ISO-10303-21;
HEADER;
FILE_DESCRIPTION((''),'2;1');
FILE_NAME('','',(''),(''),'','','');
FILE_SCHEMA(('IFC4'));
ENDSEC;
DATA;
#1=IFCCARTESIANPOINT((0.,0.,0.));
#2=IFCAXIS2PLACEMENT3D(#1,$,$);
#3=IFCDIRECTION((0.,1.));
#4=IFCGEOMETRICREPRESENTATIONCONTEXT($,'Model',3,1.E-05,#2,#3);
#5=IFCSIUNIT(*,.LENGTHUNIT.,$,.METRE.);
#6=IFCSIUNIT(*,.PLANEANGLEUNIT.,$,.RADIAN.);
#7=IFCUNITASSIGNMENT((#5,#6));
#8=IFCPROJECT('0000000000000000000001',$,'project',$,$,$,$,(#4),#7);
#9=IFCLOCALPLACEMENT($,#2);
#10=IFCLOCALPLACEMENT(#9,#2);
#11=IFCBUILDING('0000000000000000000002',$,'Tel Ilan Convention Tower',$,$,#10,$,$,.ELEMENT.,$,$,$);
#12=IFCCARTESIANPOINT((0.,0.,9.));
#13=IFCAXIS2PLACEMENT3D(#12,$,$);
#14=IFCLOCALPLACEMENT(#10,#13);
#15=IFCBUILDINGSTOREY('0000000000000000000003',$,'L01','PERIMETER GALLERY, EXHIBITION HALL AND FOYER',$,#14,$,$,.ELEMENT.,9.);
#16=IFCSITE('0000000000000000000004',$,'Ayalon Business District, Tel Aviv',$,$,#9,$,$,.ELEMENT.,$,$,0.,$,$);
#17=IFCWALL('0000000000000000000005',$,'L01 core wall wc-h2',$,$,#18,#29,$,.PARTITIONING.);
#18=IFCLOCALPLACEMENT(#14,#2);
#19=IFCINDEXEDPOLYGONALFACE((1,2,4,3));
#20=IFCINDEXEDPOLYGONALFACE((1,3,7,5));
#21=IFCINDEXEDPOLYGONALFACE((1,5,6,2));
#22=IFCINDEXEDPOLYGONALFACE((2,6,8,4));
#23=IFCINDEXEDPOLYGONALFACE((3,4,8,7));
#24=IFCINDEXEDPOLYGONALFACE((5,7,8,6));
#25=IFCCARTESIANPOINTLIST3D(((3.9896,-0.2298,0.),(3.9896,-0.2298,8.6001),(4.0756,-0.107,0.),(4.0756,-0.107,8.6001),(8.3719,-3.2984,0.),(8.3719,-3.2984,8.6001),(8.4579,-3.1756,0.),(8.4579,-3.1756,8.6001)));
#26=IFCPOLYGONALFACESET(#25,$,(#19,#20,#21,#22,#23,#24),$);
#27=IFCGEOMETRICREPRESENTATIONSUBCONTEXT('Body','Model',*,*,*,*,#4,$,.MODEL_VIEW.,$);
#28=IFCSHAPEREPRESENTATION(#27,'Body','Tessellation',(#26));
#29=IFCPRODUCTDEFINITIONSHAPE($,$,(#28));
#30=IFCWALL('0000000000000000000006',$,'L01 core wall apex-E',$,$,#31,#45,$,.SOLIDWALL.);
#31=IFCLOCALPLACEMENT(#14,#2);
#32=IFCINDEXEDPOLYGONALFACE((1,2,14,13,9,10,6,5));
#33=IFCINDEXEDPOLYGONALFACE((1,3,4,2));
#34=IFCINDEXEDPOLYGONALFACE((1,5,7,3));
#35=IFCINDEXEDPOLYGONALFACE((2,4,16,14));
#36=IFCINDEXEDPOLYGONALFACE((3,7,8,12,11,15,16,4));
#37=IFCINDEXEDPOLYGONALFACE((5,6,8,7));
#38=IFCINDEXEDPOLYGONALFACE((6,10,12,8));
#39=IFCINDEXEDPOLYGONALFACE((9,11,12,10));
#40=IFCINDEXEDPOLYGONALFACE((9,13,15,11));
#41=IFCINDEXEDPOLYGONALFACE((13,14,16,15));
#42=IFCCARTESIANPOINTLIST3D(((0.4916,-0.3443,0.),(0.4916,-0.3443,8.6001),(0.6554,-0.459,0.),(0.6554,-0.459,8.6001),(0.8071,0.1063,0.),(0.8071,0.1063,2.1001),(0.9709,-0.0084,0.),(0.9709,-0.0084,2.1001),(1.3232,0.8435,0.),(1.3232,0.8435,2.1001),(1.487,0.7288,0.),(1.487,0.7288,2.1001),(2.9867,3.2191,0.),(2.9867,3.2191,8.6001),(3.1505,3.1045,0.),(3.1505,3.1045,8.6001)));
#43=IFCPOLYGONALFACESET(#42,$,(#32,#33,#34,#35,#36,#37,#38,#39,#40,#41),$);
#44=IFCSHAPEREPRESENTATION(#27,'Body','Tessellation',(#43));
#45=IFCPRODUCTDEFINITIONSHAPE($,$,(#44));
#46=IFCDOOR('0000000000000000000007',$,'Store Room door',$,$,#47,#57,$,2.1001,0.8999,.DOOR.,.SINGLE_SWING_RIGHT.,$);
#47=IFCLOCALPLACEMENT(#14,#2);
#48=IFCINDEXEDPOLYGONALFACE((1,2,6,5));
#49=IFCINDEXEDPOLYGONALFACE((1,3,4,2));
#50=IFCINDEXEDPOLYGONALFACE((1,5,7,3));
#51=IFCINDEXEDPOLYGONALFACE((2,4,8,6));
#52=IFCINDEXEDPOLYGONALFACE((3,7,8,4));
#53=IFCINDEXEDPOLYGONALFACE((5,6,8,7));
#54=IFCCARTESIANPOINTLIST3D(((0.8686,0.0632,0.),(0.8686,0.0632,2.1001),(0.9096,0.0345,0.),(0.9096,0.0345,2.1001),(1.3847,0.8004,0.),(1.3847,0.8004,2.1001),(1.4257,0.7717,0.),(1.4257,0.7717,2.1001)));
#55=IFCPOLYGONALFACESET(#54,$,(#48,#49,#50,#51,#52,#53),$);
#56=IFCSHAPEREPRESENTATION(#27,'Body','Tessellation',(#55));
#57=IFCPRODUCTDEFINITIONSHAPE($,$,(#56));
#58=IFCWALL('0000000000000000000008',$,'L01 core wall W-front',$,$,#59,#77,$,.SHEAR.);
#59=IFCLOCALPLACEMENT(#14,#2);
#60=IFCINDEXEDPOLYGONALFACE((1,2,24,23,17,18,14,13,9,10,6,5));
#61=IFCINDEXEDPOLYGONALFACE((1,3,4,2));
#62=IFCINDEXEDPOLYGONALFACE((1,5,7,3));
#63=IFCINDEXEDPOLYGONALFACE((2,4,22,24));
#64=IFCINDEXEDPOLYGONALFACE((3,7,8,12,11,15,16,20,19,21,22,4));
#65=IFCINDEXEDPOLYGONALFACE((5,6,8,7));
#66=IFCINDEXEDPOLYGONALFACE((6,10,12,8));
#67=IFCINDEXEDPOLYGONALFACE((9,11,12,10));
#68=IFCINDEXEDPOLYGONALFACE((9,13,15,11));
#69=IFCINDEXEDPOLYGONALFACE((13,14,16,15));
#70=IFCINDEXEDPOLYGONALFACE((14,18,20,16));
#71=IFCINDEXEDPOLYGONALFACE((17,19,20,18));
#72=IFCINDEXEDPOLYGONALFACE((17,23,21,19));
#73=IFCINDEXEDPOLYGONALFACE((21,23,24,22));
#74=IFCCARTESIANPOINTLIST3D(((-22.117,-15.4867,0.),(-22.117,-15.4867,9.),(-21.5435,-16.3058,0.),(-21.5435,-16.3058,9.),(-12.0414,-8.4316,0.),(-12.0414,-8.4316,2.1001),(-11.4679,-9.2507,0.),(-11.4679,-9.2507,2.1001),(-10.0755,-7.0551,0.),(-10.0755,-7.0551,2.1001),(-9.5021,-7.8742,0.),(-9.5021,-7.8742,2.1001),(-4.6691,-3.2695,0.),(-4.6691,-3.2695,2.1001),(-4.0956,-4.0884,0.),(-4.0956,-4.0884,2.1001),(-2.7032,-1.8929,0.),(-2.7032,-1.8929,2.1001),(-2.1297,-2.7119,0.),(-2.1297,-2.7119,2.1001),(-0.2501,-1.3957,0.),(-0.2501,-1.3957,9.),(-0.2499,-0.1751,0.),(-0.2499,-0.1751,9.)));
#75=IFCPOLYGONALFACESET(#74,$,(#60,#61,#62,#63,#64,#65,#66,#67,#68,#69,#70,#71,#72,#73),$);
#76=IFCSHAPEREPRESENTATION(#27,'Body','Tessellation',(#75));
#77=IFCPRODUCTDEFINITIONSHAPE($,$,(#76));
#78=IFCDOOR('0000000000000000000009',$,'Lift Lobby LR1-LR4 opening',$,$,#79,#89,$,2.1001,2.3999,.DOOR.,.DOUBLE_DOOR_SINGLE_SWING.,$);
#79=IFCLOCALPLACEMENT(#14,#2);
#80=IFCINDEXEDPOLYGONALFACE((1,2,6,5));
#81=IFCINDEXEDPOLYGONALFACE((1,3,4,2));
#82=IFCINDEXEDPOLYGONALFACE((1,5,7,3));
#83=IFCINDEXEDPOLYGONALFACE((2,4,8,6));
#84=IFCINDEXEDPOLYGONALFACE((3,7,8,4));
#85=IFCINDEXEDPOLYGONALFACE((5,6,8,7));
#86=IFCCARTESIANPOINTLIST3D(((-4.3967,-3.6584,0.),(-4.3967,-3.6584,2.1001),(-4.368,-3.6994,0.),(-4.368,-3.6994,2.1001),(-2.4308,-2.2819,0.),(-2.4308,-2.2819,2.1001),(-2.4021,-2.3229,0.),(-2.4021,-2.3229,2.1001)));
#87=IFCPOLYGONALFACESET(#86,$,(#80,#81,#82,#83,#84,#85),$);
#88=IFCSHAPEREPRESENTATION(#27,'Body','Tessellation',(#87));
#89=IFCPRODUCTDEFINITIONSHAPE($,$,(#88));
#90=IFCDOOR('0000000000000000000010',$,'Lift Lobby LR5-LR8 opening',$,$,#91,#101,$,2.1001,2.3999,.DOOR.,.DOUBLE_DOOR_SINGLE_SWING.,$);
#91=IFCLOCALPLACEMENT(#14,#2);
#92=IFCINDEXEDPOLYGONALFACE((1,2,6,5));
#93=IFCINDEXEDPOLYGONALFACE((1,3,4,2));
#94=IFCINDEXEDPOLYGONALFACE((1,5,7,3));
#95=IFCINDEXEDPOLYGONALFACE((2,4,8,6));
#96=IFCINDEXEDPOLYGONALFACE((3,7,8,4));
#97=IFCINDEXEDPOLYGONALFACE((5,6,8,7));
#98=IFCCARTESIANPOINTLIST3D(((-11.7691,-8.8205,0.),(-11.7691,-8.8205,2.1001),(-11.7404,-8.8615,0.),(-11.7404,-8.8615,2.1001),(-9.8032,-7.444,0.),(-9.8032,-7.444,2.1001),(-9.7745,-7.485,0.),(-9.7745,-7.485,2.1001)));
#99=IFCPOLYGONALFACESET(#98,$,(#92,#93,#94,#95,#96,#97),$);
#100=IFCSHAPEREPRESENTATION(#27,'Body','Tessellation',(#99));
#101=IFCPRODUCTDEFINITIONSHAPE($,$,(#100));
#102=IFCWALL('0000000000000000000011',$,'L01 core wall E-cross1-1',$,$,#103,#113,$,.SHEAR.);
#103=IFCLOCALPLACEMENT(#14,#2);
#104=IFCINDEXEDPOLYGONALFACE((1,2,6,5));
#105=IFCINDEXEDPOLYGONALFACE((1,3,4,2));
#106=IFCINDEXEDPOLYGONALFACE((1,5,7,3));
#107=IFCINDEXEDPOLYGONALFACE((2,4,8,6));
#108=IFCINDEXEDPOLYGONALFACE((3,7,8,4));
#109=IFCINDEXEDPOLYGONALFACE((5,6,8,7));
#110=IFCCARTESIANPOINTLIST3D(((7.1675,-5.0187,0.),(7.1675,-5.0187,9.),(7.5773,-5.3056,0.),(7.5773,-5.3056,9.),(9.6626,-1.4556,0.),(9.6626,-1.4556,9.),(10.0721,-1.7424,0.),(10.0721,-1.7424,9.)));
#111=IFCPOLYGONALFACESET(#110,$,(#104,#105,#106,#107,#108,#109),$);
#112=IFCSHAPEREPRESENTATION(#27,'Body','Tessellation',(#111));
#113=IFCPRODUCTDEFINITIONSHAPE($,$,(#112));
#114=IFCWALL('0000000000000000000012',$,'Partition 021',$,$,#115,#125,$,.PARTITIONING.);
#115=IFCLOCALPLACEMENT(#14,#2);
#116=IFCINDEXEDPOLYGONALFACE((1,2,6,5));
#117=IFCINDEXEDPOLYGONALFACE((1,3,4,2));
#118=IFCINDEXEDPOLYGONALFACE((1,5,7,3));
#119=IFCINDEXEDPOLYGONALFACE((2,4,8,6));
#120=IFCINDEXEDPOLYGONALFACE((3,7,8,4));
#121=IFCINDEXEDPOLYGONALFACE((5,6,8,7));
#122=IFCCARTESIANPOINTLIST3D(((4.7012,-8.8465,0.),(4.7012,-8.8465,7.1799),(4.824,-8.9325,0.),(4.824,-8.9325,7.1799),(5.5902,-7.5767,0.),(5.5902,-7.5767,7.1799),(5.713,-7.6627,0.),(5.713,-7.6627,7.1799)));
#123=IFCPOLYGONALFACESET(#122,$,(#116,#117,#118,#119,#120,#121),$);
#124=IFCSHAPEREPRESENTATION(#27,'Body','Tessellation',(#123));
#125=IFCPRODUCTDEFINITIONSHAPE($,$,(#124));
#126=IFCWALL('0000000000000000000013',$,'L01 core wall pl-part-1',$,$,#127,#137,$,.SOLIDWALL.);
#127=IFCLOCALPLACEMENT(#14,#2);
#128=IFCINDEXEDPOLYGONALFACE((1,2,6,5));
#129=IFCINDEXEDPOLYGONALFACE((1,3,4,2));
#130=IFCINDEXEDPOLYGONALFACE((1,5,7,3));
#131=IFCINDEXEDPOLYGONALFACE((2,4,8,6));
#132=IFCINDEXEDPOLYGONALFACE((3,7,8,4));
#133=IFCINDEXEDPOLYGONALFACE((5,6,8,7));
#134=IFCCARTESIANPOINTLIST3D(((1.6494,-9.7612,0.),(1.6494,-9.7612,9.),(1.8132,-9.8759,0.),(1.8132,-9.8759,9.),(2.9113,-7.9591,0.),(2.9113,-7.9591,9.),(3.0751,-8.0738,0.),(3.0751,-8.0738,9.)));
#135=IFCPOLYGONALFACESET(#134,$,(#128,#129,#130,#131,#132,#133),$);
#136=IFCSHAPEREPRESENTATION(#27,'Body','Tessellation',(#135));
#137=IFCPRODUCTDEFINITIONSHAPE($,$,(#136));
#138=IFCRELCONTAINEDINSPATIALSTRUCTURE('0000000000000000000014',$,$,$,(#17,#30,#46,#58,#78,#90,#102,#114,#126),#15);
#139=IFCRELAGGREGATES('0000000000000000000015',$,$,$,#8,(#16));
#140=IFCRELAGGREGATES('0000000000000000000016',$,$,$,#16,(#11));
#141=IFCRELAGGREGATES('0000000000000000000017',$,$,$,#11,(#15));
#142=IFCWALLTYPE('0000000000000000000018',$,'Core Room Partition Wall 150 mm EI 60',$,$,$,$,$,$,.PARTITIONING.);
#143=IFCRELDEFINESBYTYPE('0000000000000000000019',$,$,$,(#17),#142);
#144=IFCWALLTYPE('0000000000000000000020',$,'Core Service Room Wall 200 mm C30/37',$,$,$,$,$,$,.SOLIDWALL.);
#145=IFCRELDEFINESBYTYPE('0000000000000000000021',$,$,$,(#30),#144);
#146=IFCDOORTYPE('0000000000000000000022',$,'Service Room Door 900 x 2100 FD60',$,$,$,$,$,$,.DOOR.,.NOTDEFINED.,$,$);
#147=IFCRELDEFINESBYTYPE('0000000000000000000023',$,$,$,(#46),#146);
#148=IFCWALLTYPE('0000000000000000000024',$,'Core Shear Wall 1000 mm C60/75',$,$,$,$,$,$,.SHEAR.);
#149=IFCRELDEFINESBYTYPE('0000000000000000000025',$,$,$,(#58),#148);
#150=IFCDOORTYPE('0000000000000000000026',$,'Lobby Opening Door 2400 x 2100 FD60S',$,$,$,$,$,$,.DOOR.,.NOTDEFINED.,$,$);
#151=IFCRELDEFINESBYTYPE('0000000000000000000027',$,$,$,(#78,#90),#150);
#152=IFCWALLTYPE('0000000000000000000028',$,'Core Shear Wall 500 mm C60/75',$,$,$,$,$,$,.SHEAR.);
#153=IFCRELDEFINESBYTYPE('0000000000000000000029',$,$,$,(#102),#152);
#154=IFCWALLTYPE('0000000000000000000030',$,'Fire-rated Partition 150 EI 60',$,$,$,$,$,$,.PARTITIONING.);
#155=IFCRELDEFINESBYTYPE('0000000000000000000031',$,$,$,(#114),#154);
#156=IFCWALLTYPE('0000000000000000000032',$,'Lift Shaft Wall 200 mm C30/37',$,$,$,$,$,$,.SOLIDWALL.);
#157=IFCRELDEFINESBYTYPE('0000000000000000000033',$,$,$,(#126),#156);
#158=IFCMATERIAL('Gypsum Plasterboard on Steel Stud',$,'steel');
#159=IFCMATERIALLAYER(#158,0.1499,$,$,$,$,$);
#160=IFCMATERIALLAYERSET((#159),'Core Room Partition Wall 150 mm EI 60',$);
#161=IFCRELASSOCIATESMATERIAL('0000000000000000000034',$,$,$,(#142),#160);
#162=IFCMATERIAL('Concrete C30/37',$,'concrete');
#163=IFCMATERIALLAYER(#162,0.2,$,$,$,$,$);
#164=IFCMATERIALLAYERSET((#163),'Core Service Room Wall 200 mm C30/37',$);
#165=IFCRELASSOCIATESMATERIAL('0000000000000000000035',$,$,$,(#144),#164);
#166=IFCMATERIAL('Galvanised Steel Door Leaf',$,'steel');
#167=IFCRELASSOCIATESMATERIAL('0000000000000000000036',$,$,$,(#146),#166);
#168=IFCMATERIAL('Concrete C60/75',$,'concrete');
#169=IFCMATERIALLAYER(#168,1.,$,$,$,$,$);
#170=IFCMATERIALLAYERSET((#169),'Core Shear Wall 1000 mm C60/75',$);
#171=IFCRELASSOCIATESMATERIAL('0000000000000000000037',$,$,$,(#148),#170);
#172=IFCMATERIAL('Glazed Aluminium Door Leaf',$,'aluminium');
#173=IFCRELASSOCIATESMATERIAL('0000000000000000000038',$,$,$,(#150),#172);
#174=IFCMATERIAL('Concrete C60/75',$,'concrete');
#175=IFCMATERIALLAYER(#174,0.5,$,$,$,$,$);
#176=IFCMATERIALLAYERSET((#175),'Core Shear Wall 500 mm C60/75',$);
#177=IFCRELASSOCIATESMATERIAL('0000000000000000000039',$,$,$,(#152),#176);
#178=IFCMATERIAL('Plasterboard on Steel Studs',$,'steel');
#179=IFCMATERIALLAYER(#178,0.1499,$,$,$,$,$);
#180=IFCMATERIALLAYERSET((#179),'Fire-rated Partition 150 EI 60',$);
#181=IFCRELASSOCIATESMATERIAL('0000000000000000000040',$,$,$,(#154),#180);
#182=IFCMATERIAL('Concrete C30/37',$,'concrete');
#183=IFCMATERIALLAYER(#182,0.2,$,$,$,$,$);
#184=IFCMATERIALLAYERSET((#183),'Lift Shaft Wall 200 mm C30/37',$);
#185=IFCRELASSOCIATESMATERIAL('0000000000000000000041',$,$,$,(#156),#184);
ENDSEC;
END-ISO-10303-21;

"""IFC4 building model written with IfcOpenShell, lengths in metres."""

from ifc_helpers import new_model, si_unit, direction, frame, frame_2d, origin, place, context, subcontext, project, spatial, polyline, rectangle, outline, extrude, material, layer, layer_set, type_object, element, fill, save


model = new_model("IFC4")

# Units and contexts
model_context = context("Model", 3, precision=1e-05, world=origin(), true_north=direction((0.0, 1.0)))
body_context = subcontext(model_context, "Body", "Model", "MODEL_VIEW")
ifc_project = project(units=[si_unit("LENGTHUNIT", "METRE"), si_unit("PLANEANGLEUNIT", "RADIAN")], contexts=[model_context])

# Site, building, storey
site_placement = place(None, origin())
site = spatial("IfcSite", under=ifc_project, at=site_placement, Name="Ayalon Business District, Tel Aviv", CompositionType="ELEMENT", RefElevation=0.0)
building_placement = place(site_placement, origin())
building = spatial("IfcBuilding", under=site, at=building_placement, Name="Tel Ilan Convention Tower", CompositionType="ELEMENT")
storey_placement = place(building_placement, frame((0.0, 0.0, 9.0)))
storey = spatial("IfcBuildingStorey", under=building, at=storey_placement, Name="L01", Description="PERIMETER GALLERY, EXHIBITION HALL AND FOYER", CompositionType="ELEMENT", Elevation=9.0)

# Shared definitions
ifc_material_1 = material(Name="Gypsum Plasterboard on Steel Stud", Category="steel")
ifc_layer_1 = layer(ifc_material_1, 0.1499)
ifc_layer_set_1 = layer_set([ifc_layer_1], Name="Core Room Partition Wall 150 mm EI 60")
wall_type_1 = type_object("IfcWallType", Name="Core Room Partition Wall 150 mm EI 60", PredefinedType="PARTITIONING", material=ifc_layer_set_1)

# Wall
wall_1_placement = place(storey_placement, frame((4.0327, -0.1685, 0.0), z_axis=(0.0, 0.0, 1.0), x_axis=(0.819146, -0.573585, 0.0)))
element("IfcWall", 1, at=wall_1_placement, inside=storey, type_object=wall_type_1, Name="L01 core wall wc-h2", PredefinedType="PARTITIONING", context=body_context, shape_type="SweptSolid", body=[
    extrude(rectangle(XDim=5.3499, YDim=0.1499, at=frame_2d((2.6748, 0.0))), origin(), (0.0, 0.0, 1.0), 8.6001),
])

# Wall, opening, door
ifc_material_2 = material(Name="Concrete C30/37", Category="concrete")
ifc_layer_2 = layer(ifc_material_2, 0.2)
ifc_layer_set_2 = layer_set([ifc_layer_2], Name="Core Service Room Wall 200 mm C30/37")
wall_type_2 = type_object("IfcWallType", Name="Core Service Room Wall 200 mm C30/37", PredefinedType="SOLIDWALL", material=ifc_layer_set_2)
wall_2_placement = place(storey_placement, frame((0.5735, -0.4016, 0.0), z_axis=(0.0, 0.0, 1.0), x_axis=(0.573568, 0.819158, 0.0)))
wall_2 = element("IfcWall", 2, at=wall_2_placement, inside=storey, type_object=wall_type_2, Name="L01 core wall apex-E", PredefinedType="SOLIDWALL", context=body_context, shape_type="SweptSolid", body=[
    extrude(rectangle(XDim=4.3501, YDim=0.2, at=frame_2d((2.175, 0.0))), origin(), (0.0, 0.0, 1.0), 8.6001),
])
opening_1_placement = place(wall_2_placement, frame((0.55, 0.0, 0.0)))
opening_1 = element("IfcOpeningElement", 3, at=opening_1_placement, cuts=wall_2, PredefinedType="OPENING", context=body_context, shape_type="SweptSolid", body=[
    extrude(rectangle(XDim=0.8999, YDim=2.1001, at=frame_2d((0.45, 1.05))), frame((0.0, 0.1099, 0.0), z_axis=(0.0, -1.0, 0.0), x_axis=(1.0, 0.0, 0.0)), (0.0, 0.0, 1.0), 0.22),
])
ifc_material_3 = material(Name="Galvanised Steel Door Leaf", Category="steel")
door_type_1 = type_object("IfcDoorType", Name="Service Room Door 900 x 2100 FD60", OperationType="NOTDEFINED", PredefinedType="DOOR", material=ifc_material_3)
door_1_placement = place(opening_1_placement, origin())
door_1 = element("IfcDoor", 4, at=door_1_placement, inside=storey, type_object=door_type_1, Name="Store Room door", OperationType="SINGLE_SWING_RIGHT", OverallHeight=2.1001, OverallWidth=0.8999, PredefinedType="DOOR", context=body_context, shape_type="SweptSolid", body=[
    extrude(rectangle(XDim=0.8999, YDim=2.1001, at=frame_2d((0.45, 1.05))), frame((0.0, 0.0249, 0.0), z_axis=(0.0, -1.0, 0.0), x_axis=(1.0, 0.0, 0.0)), (0.0, 0.0, 1.0), 0.05),
])
fill(opening_1, door_1)

# Wall, openings, doors
ifc_material_4 = material(Name="Concrete C60/75", Category="concrete")
ifc_layer_3 = layer(ifc_material_4, 1.0)
ifc_layer_set_3 = layer_set([ifc_layer_3], Name="Core Shear Wall 1000 mm C60/75")
wall_type_3 = type_object("IfcWallType", Name="Core Shear Wall 1000 mm C60/75", PredefinedType="SHEAR", material=ifc_layer_set_3)
wall_3_placement = place(storey_placement, frame((0.0369, -0.5847, 0.0), z_axis=(0.0, 0.0, 1.0), x_axis=(-0.819157, -0.573569, 0.0)))
wall_3 = element("IfcWall", 5, at=wall_3_placement, inside=storey, type_object=wall_type_3, Name="L01 core wall W-front", PredefinedType="SHEAR", context=body_context, shape_type="SweptSolid", body=[
    extrude(outline(polyline([(26.6948, 0.5002), (0.7002, 0.4998), (0.0, -0.5), (26.6948, -0.4998), (26.6948, 0.5002)])), origin(), (0.0, 0.0, 1.0), 9.0),
])
opening_2_placement = place(wall_3_placement, frame((2.9949, 0.0, 0.0)))
opening_2 = element("IfcOpeningElement", 6, at=opening_2_placement, cuts=wall_3, PredefinedType="OPENING", context=body_context, shape_type="SweptSolid", body=[
    extrude(rectangle(XDim=2.3999, YDim=2.1001, at=frame_2d((1.2, 1.05))), frame((0.0, 0.51, 0.0), z_axis=(0.0, -1.0, 0.0), x_axis=(1.0, 0.0, 0.0)), (0.0, 0.0, 1.0), 1.02),
])
opening_3_placement = place(wall_3_placement, frame((11.9949, 0.0, 0.0)))
opening_3 = element("IfcOpeningElement", 7, at=opening_3_placement, cuts=wall_3, PredefinedType="OPENING", context=body_context, shape_type="SweptSolid", body=[
    extrude(rectangle(XDim=2.3999, YDim=2.1001, at=frame_2d((1.2, 1.05))), frame((0.0, 0.51, 0.0), z_axis=(0.0, -1.0, 0.0), x_axis=(1.0, 0.0, 0.0)), (0.0, 0.0, 1.0), 1.02),
])
ifc_material_5 = material(Name="Glazed Aluminium Door Leaf", Category="aluminium")
door_type_2 = type_object("IfcDoorType", Name="Lobby Opening Door 2400 x 2100 FD60S", OperationType="NOTDEFINED", PredefinedType="DOOR", material=ifc_material_5)
door_2_placement = place(opening_2_placement, origin())
door_2 = element("IfcDoor", 8, at=door_2_placement, inside=storey, type_object=door_type_2, Name="Lift Lobby LR1-LR4 opening", OperationType="DOUBLE_DOOR_SINGLE_SWING", OverallHeight=2.1001, OverallWidth=2.3999, PredefinedType="DOOR", context=body_context, shape_type="SweptSolid", body=[
    extrude(rectangle(XDim=2.3999, YDim=2.1001, at=frame_2d((1.2, 1.05))), frame((0.0, 0.0249, 0.0), z_axis=(0.0, -1.0, 0.0), x_axis=(1.0, 0.0, 0.0)), (0.0, 0.0, 1.0), 0.05),
])
fill(opening_2, door_2)
door_3_placement = place(opening_3_placement, origin())
door_3 = element("IfcDoor", 9, at=door_3_placement, inside=storey, type_object=door_type_2, Name="Lift Lobby LR5-LR8 opening", OperationType="DOUBLE_DOOR_SINGLE_SWING", OverallHeight=2.1001, OverallWidth=2.3999, PredefinedType="DOOR", context=body_context, shape_type="SweptSolid", body=[
    extrude(rectangle(XDim=2.3999, YDim=2.1001, at=frame_2d((1.2, 1.05))), frame((0.0, 0.0249, 0.0), z_axis=(0.0, -1.0, 0.0), x_axis=(1.0, 0.0, 0.0)), (0.0, 0.0, 1.0), 0.05),
])
fill(opening_3, door_3)

# Walls
ifc_material_6 = material(Name="Concrete C60/75", Category="concrete")
ifc_layer_4 = layer(ifc_material_6, 0.5)
ifc_layer_set_4 = layer_set([ifc_layer_4], Name="Core Shear Wall 500 mm C60/75")
wall_type_4 = type_object("IfcWallType", Name="Core Shear Wall 500 mm C60/75", PredefinedType="SHEAR", material=ifc_layer_set_4)
wall_4_placement = place(storey_placement, frame((7.3723, -5.1621, 0.0), z_axis=(0.0, 0.0, 1.0), x_axis=(0.573594, 0.81914, 0.0)))
element("IfcWall", 10, at=wall_4_placement, inside=storey, type_object=wall_type_4, Name="L01 core wall E-cross1-1", PredefinedType="SHEAR", context=body_context, shape_type="SweptSolid", body=[
    extrude(outline(polyline([(0.0, 0.25), (0.0, -0.2502), (4.3499, -0.25), (4.3499, 0.25), (0.0, 0.25)])), origin(), (0.0, 0.0, 1.0), 9.0),
])
ifc_material_7 = material(Name="Plasterboard on Steel Studs", Category="steel")
ifc_layer_5 = layer(ifc_material_7, 0.1499)
ifc_layer_set_5 = layer_set([ifc_layer_5], Name="Fire-rated Partition 150 EI 60")
wall_type_5 = type_object("IfcWallType", Name="Fire-rated Partition 150 EI 60", PredefinedType="PARTITIONING", material=ifc_layer_set_5)
wall_5_placement = place(storey_placement, frame((4.7627, -8.8894, 0.0), z_axis=(0.0, 0.0, 1.0), x_axis=(0.573494, 0.81921, 0.0)))
element("IfcWall", 11, at=wall_5_placement, inside=storey, type_object=wall_type_5, Name="Partition 021", PredefinedType="PARTITIONING", context=body_context, shape_type="SweptSolid", body=[
    extrude(rectangle(XDim=1.55, YDim=0.1499, at=frame_2d((0.7749, 0.0))), origin(), (0.0, 0.0, 1.0), 7.1799),
])
ifc_material_8 = material(Name="Concrete C30/37", Category="concrete")
ifc_layer_6 = layer(ifc_material_8, 0.2)
ifc_layer_set_6 = layer_set([ifc_layer_6], Name="Lift Shaft Wall 200 mm C30/37")
wall_type_6 = type_object("IfcWallType", Name="Lift Shaft Wall 200 mm C30/37", PredefinedType="SOLIDWALL", material=ifc_layer_set_6)
wall_6_placement = place(storey_placement, frame((1.7312, -9.8186, 0.0), z_axis=(0.0, 0.0, 1.0), x_axis=(0.573634, 0.819112, 0.0)))
element("IfcWall", 12, at=wall_6_placement, inside=storey, type_object=wall_type_6, Name="L01 core wall pl-part-1", PredefinedType="SOLIDWALL", context=body_context, shape_type="SweptSolid", body=[
    extrude(rectangle(XDim=2.2, YDim=0.2, at=frame_2d((1.1001, 0.0))), origin(), (0.0, 0.0, 1.0), 9.0),
])

save(model, "model.ifc")
